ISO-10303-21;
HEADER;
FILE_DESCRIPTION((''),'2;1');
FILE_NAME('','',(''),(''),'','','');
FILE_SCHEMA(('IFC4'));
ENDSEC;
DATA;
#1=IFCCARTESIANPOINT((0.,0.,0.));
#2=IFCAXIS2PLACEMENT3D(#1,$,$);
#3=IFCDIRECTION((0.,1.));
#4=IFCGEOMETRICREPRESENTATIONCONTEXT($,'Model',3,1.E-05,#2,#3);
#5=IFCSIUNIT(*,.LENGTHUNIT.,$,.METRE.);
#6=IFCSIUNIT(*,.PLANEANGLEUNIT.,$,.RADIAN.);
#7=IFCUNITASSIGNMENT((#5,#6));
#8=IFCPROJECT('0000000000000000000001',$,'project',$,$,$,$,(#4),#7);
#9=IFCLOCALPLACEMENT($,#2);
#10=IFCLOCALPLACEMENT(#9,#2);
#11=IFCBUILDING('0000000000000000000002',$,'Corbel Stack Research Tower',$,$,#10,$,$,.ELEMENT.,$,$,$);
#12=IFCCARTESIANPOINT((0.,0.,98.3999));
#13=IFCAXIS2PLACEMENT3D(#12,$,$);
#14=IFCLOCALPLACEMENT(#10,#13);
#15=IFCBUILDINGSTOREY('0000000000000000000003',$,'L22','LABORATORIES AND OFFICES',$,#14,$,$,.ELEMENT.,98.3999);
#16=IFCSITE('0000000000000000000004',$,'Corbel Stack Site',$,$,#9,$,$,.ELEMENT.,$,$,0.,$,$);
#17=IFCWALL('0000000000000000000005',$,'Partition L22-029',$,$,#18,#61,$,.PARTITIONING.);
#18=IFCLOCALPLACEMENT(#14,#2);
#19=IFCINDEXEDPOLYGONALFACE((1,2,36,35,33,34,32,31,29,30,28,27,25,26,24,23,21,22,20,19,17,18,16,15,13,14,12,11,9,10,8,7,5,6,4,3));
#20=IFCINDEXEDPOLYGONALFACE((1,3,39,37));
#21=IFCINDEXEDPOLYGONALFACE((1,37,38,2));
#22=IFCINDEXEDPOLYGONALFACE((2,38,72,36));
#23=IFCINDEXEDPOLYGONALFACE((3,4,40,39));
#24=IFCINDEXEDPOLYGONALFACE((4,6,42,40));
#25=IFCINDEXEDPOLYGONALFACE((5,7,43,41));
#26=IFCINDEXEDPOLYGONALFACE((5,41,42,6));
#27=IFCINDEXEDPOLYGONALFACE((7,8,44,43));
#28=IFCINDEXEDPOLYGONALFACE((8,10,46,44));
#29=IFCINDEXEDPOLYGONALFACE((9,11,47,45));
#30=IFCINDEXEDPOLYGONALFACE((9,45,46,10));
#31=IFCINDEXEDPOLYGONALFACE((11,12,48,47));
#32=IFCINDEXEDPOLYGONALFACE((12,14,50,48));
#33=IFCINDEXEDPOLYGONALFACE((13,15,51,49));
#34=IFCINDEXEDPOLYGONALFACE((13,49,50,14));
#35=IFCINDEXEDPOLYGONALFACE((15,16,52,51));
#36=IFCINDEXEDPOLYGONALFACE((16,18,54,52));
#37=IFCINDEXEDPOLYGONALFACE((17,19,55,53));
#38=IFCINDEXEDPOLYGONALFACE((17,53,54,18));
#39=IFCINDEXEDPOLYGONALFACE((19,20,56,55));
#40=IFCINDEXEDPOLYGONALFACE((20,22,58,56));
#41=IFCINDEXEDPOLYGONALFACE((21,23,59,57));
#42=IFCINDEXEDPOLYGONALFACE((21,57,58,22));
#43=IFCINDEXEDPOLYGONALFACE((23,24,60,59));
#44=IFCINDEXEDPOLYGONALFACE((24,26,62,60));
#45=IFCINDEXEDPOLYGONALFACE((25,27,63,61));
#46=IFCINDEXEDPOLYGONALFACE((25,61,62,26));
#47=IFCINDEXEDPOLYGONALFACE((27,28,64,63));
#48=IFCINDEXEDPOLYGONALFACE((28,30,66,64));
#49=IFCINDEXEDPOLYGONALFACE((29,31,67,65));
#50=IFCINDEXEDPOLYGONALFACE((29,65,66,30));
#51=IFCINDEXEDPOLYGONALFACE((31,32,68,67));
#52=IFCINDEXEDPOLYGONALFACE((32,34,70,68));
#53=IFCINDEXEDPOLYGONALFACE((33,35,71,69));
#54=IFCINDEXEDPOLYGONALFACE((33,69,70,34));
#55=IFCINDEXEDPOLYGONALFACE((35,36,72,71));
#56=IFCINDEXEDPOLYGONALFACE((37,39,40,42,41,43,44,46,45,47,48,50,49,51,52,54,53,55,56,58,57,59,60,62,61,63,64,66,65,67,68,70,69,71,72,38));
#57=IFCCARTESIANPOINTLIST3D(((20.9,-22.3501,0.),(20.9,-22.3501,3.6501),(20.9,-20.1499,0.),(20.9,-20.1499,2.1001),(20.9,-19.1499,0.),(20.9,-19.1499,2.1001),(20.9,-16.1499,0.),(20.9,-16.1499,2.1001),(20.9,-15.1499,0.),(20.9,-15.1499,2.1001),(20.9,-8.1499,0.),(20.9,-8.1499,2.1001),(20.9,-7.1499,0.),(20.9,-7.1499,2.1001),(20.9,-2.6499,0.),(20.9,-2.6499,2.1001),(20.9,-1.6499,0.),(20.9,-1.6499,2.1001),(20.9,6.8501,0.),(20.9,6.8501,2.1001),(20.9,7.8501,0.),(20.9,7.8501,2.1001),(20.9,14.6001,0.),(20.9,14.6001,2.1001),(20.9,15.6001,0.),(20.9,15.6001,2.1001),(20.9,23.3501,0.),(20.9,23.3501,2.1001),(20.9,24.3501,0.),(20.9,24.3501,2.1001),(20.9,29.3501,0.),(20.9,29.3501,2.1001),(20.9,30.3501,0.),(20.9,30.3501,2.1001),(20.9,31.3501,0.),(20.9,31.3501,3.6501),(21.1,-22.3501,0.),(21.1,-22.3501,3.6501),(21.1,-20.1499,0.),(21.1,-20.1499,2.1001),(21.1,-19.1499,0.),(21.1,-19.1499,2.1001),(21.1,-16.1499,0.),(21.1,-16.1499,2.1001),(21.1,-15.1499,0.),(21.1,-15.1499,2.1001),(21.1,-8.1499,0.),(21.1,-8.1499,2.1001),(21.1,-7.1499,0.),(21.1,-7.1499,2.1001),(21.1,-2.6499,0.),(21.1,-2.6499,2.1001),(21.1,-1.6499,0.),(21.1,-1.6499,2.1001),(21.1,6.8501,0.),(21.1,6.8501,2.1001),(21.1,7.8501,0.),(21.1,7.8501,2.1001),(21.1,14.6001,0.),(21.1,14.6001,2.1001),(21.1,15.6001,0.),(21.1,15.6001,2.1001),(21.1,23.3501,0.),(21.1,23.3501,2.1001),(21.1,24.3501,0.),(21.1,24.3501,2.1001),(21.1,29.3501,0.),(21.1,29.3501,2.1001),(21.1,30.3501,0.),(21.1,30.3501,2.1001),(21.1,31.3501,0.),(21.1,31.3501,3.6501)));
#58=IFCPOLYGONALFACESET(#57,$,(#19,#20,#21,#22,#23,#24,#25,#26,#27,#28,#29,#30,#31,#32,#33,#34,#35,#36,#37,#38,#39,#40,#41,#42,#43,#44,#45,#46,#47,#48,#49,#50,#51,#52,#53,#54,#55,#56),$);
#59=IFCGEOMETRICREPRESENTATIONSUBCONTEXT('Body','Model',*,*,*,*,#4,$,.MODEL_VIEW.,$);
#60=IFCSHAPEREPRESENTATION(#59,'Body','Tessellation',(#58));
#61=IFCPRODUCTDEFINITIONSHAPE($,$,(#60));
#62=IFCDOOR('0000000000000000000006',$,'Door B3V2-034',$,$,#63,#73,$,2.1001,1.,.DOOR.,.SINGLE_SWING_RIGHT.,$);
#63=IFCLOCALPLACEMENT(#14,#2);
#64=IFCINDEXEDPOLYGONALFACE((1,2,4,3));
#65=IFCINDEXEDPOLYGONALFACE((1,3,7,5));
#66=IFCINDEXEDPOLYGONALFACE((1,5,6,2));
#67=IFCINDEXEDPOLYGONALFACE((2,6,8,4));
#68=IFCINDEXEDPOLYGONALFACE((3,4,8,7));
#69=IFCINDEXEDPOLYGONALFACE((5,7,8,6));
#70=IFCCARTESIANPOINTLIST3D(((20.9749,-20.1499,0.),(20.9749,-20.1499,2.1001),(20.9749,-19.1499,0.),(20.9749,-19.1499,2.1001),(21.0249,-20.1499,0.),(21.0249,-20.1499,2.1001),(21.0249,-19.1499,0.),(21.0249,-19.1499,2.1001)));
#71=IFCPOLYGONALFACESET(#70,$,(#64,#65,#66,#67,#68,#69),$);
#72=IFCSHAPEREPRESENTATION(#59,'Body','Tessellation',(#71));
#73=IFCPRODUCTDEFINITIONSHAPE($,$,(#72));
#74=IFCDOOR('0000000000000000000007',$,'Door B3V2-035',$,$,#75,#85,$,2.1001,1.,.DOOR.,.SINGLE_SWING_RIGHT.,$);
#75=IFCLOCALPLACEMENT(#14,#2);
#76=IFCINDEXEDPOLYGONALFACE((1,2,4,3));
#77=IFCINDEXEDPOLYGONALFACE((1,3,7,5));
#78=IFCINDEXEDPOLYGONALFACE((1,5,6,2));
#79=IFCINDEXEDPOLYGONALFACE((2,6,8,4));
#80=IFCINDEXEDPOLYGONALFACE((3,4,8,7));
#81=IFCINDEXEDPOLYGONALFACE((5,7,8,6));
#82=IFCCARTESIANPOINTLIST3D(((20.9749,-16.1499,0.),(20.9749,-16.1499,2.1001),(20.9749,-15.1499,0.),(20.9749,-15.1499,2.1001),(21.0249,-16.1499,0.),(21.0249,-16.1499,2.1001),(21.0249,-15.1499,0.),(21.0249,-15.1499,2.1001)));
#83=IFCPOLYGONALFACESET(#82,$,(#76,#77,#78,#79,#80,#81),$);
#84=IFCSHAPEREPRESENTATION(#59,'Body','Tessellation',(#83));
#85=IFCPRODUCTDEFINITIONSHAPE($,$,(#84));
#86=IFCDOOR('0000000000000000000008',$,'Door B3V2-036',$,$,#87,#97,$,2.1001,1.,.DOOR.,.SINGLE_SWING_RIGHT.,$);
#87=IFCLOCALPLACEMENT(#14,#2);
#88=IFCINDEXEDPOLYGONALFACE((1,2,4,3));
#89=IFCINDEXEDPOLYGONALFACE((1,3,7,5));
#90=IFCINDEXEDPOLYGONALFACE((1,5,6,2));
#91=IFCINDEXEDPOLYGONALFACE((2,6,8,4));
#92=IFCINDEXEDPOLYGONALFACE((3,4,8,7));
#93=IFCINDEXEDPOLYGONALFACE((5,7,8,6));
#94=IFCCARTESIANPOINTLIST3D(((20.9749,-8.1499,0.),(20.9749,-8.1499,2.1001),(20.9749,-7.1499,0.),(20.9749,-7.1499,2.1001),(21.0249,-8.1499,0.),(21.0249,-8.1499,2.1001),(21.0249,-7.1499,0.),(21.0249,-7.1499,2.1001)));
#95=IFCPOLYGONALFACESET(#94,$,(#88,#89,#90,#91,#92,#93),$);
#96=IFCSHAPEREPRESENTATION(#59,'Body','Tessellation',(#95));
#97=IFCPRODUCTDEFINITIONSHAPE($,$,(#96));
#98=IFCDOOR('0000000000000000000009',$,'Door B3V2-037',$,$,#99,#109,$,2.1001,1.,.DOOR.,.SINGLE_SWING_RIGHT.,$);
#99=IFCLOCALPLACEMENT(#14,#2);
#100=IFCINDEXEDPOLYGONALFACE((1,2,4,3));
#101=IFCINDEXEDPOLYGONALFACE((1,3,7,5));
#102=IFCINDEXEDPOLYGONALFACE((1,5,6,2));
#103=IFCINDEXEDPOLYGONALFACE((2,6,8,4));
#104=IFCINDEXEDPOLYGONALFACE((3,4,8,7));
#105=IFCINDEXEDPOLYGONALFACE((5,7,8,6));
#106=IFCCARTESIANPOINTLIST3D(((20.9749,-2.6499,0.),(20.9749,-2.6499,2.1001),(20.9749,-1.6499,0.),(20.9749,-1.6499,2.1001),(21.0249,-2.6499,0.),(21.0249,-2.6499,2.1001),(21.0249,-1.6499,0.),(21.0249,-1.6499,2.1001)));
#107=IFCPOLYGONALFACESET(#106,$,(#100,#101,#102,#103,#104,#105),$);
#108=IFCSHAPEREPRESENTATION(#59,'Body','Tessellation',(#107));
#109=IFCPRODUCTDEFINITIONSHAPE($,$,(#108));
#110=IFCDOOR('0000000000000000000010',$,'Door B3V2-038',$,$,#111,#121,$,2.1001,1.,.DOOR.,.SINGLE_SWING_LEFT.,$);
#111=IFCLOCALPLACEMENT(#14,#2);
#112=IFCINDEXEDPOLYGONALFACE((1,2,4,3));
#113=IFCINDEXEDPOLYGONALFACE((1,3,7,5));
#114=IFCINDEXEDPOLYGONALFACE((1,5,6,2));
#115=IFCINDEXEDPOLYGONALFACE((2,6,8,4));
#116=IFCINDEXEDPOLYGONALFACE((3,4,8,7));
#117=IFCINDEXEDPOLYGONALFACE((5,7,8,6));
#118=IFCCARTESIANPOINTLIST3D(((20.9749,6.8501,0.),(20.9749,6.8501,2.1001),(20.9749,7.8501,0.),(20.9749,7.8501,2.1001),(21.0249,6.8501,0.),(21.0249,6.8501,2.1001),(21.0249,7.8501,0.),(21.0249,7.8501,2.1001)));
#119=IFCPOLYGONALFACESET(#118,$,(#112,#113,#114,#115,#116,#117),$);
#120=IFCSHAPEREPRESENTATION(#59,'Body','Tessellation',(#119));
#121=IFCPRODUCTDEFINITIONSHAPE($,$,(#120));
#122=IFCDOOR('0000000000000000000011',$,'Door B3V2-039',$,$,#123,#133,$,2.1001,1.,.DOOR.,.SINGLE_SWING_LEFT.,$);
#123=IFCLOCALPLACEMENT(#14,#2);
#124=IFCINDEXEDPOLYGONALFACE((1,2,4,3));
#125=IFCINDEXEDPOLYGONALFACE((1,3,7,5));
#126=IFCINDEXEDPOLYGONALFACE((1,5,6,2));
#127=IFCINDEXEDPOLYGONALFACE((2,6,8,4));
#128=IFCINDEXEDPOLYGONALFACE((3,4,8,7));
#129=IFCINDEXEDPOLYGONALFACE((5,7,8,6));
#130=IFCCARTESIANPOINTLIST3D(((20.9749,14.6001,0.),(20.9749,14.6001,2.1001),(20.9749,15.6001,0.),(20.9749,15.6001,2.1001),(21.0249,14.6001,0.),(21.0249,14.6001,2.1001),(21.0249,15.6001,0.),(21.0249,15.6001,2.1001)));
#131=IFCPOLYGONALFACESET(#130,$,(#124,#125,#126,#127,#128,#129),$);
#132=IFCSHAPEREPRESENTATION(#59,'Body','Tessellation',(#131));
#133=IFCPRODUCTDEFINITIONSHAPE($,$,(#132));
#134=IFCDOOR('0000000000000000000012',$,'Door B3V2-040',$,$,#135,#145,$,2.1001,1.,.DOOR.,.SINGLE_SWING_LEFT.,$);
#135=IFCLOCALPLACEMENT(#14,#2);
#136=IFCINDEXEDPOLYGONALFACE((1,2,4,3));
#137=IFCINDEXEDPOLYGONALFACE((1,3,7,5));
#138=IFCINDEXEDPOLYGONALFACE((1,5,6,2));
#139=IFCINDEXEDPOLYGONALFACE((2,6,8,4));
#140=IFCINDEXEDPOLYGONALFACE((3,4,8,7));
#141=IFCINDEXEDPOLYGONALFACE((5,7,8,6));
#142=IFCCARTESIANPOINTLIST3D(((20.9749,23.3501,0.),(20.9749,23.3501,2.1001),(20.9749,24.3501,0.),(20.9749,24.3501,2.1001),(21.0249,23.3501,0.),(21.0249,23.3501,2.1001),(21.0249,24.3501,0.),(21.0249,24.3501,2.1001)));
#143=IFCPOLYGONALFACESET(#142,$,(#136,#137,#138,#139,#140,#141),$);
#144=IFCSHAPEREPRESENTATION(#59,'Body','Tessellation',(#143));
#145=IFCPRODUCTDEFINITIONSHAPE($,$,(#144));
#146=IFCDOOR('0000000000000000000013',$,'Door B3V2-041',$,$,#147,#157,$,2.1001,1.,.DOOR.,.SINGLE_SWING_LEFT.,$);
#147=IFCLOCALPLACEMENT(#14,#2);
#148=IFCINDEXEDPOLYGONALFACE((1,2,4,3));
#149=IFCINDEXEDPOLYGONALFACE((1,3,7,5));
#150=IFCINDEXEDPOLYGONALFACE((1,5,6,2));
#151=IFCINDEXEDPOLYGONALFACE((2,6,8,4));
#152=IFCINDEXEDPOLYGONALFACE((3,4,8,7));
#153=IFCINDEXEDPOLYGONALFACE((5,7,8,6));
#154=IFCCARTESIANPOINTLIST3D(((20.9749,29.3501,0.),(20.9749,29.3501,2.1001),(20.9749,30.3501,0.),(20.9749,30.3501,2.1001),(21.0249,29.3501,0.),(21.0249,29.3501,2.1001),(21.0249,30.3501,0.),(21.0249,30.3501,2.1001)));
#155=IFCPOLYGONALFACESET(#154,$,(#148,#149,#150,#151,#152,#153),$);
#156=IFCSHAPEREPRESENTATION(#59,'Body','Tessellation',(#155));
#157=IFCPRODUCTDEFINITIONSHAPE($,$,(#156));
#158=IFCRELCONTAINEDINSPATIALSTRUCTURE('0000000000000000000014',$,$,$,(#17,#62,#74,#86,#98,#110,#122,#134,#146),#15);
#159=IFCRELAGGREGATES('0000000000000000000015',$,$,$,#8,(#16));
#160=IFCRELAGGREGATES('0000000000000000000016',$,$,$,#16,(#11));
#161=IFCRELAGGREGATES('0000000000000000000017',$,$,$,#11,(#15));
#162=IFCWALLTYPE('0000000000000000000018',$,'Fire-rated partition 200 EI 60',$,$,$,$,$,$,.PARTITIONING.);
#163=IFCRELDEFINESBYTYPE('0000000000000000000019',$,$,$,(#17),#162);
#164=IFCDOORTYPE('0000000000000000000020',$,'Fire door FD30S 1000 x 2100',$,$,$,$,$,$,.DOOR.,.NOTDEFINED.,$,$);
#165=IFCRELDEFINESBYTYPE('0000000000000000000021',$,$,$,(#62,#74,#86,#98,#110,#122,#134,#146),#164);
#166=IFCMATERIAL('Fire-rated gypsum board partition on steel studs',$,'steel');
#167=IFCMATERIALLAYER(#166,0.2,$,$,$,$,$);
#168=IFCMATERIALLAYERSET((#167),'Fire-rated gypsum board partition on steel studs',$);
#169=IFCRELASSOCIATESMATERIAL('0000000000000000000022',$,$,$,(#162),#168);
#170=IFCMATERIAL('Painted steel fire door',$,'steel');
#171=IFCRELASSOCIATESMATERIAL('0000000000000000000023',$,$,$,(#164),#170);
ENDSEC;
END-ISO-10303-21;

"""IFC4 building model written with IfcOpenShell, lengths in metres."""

from ifc_helpers import new_model, si_unit, direction, frame, frame_2d, origin, place, context, subcontext, project, spatial, rectangle, extrude, material, layer, layer_set, type_object, element, fill, save


model = new_model("IFC4")

# Units and contexts
model_context = context("Model", 3, precision=1e-05, world=origin(), true_north=direction((0.0, 1.0)))
body_context = subcontext(model_context, "Body", "Model", "MODEL_VIEW")
ifc_project = project(units=[si_unit("LENGTHUNIT", "METRE"), si_unit("PLANEANGLEUNIT", "RADIAN")], contexts=[model_context])

# Site, building, storey
site_placement = place(None, origin())
site = spatial("IfcSite", under=ifc_project, at=site_placement, Name="Corbel Stack Site", CompositionType="ELEMENT", RefElevation=0.0)
building_placement = place(site_placement, origin())
building = spatial("IfcBuilding", under=site, at=building_placement, Name="Corbel Stack Research Tower", CompositionType="ELEMENT")
storey_placement = place(building_placement, frame((0.0, 0.0, 98.3999)))
storey = spatial("IfcBuildingStorey", under=building, at=storey_placement, Name="L22", Description="LABORATORIES AND OFFICES", CompositionType="ELEMENT", Elevation=98.3999)

# Shared definitions
ifc_material_1 = material(Name="Fire-rated gypsum board partition on steel studs", Category="steel")
ifc_layer_1 = layer(ifc_material_1, 0.2)
ifc_layer_set_1 = layer_set([ifc_layer_1], Name="Fire-rated gypsum board partition on steel studs")
wall_type_1 = type_object("IfcWallType", Name="Fire-rated partition 200 EI 60", PredefinedType="PARTITIONING", material=ifc_layer_set_1)
ifc_material_2 = material(Name="Painted steel fire door", Category="steel")
door_type_1 = type_object("IfcDoorType", Name="Fire door FD30S 1000 x 2100", OperationType="NOTDEFINED", PredefinedType="DOOR", material=ifc_material_2)

# Wall, openings, doors
wall_1_placement = place(storey_placement, frame((21.0, 31.3501, 0.0), z_axis=(0.0, 0.0, 1.0), x_axis=(0.0, -1.0, 0.0)))
wall_1 = element("IfcWall", 1, at=wall_1_placement, inside=storey, type_object=wall_type_1, Name="Partition L22-029", PredefinedType="PARTITIONING", context=body_context, shape_type="SweptSolid", body=[
    extrude(rectangle(XDim=53.7002, YDim=0.2, at=frame_2d((26.8501, 0.0))), origin(), (0.0, 0.0, 1.0), 3.6501),
])
opening_1_placement = place(wall_1_placement, frame((50.5, 0.0, 0.0)))
opening_1 = element("IfcOpeningElement", 2, at=opening_1_placement, cuts=wall_1, PredefinedType="OPENING", context=body_context, shape_type="SweptSolid", body=[
    extrude(rectangle(XDim=1.0, YDim=2.1001, at=frame_2d((0.5, 1.05))), frame((0.0, 0.1099, 0.0), z_axis=(0.0, -1.0, 0.0), x_axis=(1.0, 0.0, 0.0)), (0.0, 0.0, 1.0), 0.22),
])
opening_2_placement = place(wall_1_placement, frame((46.5, 0.0, 0.0)))
opening_2 = element("IfcOpeningElement", 3, at=opening_2_placement, cuts=wall_1, PredefinedType="OPENING", context=body_context, shape_type="SweptSolid", body=[
    extrude(rectangle(XDim=1.0, YDim=2.1001, at=frame_2d((0.5, 1.05))), frame((0.0, 0.1099, 0.0), z_axis=(0.0, -1.0, 0.0), x_axis=(1.0, 0.0, 0.0)), (0.0, 0.0, 1.0), 0.22),
])
opening_3_placement = place(wall_1_placement, frame((38.5, 0.0, 0.0)))
opening_3 = element("IfcOpeningElement", 4, at=opening_3_placement, cuts=wall_1, PredefinedType="OPENING", context=body_context, shape_type="SweptSolid", body=[
    extrude(rectangle(XDim=1.0, YDim=2.1001, at=frame_2d((0.5, 1.05))), frame((0.0, 0.1099, 0.0), z_axis=(0.0, -1.0, 0.0), x_axis=(1.0, 0.0, 0.0)), (0.0, 0.0, 1.0), 0.22),
])
opening_4_placement = place(wall_1_placement, frame((33.0, 0.0, 0.0)))
opening_4 = element("IfcOpeningElement", 5, at=opening_4_placement, cuts=wall_1, PredefinedType="OPENING", context=body_context, shape_type="SweptSolid", body=[
    extrude(rectangle(XDim=1.0, YDim=2.1001, at=frame_2d((0.5, 1.05))), frame((0.0, 0.1099, 0.0), z_axis=(0.0, -1.0, 0.0), x_axis=(1.0, 0.0, 0.0)), (0.0, 0.0, 1.0), 0.22),
])
opening_5_placement = place(wall_1_placement, frame((23.5, 0.0, 0.0)))
opening_5 = element("IfcOpeningElement", 6, at=opening_5_placement, cuts=wall_1, PredefinedType="OPENING", context=body_context, shape_type="SweptSolid", body=[
    extrude(rectangle(XDim=1.0, YDim=2.1001, at=frame_2d((0.5, 1.05))), frame((0.0, 0.1099, 0.0), z_axis=(0.0, -1.0, 0.0), x_axis=(1.0, 0.0, 0.0)), (0.0, 0.0, 1.0), 0.22),
])
opening_6_placement = place(wall_1_placement, frame((15.75, 0.0, 0.0)))
opening_6 = element("IfcOpeningElement", 7, at=opening_6_placement, cuts=wall_1, PredefinedType="OPENING", context=body_context, shape_type="SweptSolid", body=[
    extrude(rectangle(XDim=1.0, YDim=2.1001, at=frame_2d((0.5, 1.05))), frame((0.0, 0.1099, 0.0), z_axis=(0.0, -1.0, 0.0), x_axis=(1.0, 0.0, 0.0)), (0.0, 0.0, 1.0), 0.22),
])
opening_7_placement = place(wall_1_placement, frame((7.0, 0.0, 0.0)))
opening_7 = element("IfcOpeningElement", 8, at=opening_7_placement, cuts=wall_1, PredefinedType="OPENING", context=body_context, shape_type="SweptSolid", body=[
    extrude(rectangle(XDim=1.0, YDim=2.1001, at=frame_2d((0.5, 1.05))), frame((0.0, 0.1099, 0.0), z_axis=(0.0, -1.0, 0.0), x_axis=(1.0, 0.0, 0.0)), (0.0, 0.0, 1.0), 0.22),
])
opening_8_placement = place(wall_1_placement, frame((1.0, 0.0, 0.0)))
opening_8 = element("IfcOpeningElement", 9, at=opening_8_placement, cuts=wall_1, PredefinedType="OPENING", context=body_context, shape_type="SweptSolid", body=[
    extrude(rectangle(XDim=1.0, YDim=2.1001, at=frame_2d((0.5, 1.05))), frame((0.0, 0.1099, 0.0), z_axis=(0.0, -1.0, 0.0), x_axis=(1.0, 0.0, 0.0)), (0.0, 0.0, 1.0), 0.22),
])
door_1_placement = place(opening_1_placement, origin())
door_1 = element("IfcDoor", 10, at=door_1_placement, inside=storey, type_object=door_type_1, Name="Door B3V2-034", OperationType="SINGLE_SWING_RIGHT", OverallHeight=2.1001, OverallWidth=1.0, PredefinedType="DOOR", context=body_context, shape_type="SweptSolid", body=[
    extrude(rectangle(XDim=1.0, YDim=2.1001, at=frame_2d((0.5, 1.05))), frame((0.0, 0.0249, 0.0), z_axis=(0.0, -1.0, 0.0), x_axis=(1.0, 0.0, 0.0)), (0.0, 0.0, 1.0), 0.05),
])
fill(opening_1, door_1)
door_2_placement = place(opening_2_placement, origin())
door_2 = element("IfcDoor", 11, at=door_2_placement, inside=storey, type_object=door_type_1, Name="Door B3V2-035", OperationType="SINGLE_SWING_RIGHT", OverallHeight=2.1001, OverallWidth=1.0, PredefinedType="DOOR", context=body_context, shape_type="SweptSolid", body=[
    extrude(rectangle(XDim=1.0, YDim=2.1001, at=frame_2d((0.5, 1.05))), frame((0.0, 0.0249, 0.0), z_axis=(0.0, -1.0, 0.0), x_axis=(1.0, 0.0, 0.0)), (0.0, 0.0, 1.0), 0.05),
])
fill(opening_2, door_2)
door_3_placement = place(opening_3_placement, origin())
door_3 = element("IfcDoor", 12, at=door_3_placement, inside=storey, type_object=door_type_1, Name="Door B3V2-036", OperationType="SINGLE_SWING_RIGHT", OverallHeight=2.1001, OverallWidth=1.0, PredefinedType="DOOR", context=body_context, shape_type="SweptSolid", body=[
    extrude(rectangle(XDim=1.0, YDim=2.1001, at=frame_2d((0.5, 1.05))), frame((0.0, 0.0249, 0.0), z_axis=(0.0, -1.0, 0.0), x_axis=(1.0, 0.0, 0.0)), (0.0, 0.0, 1.0), 0.05),
])
fill(opening_3, door_3)
door_4_placement = place(opening_4_placement, origin())
door_4 = element("IfcDoor", 13, at=door_4_placement, inside=storey, type_object=door_type_1, Name="Door B3V2-037", OperationType="SINGLE_SWING_RIGHT", OverallHeight=2.1001, OverallWidth=1.0, PredefinedType="DOOR", context=body_context, shape_type="SweptSolid", body=[
    extrude(rectangle(XDim=1.0, YDim=2.1001, at=frame_2d((0.5, 1.05))), frame((0.0, 0.0249, 0.0), z_axis=(0.0, -1.0, 0.0), x_axis=(1.0, 0.0, 0.0)), (0.0, 0.0, 1.0), 0.05),
])
fill(opening_4, door_4)
door_5_placement = place(opening_5_placement, origin())
door_5 = element("IfcDoor", 14, at=door_5_placement, inside=storey, type_object=door_type_1, Name="Door B3V2-038", OperationType="SINGLE_SWING_LEFT", OverallHeight=2.1001, OverallWidth=1.0, PredefinedType="DOOR", context=body_context, shape_type="SweptSolid", body=[
    extrude(rectangle(XDim=1.0, YDim=2.1001, at=frame_2d((0.5, 1.05))), frame((0.0, 0.0249, 0.0), z_axis=(0.0, -1.0, 0.0), x_axis=(1.0, 0.0, 0.0)), (0.0, 0.0, 1.0), 0.05),
])
fill(opening_5, door_5)
door_6_placement = place(opening_6_placement, origin())
door_6 = element("IfcDoor", 15, at=door_6_placement, inside=storey, type_object=door_type_1, Name="Door B3V2-039", OperationType="SINGLE_SWING_LEFT", OverallHeight=2.1001, OverallWidth=1.0, PredefinedType="DOOR", context=body_context, shape_type="SweptSolid", body=[
    extrude(rectangle(XDim=1.0, YDim=2.1001, at=frame_2d((0.5, 1.05))), frame((0.0, 0.0249, 0.0), z_axis=(0.0, -1.0, 0.0), x_axis=(1.0, 0.0, 0.0)), (0.0, 0.0, 1.0), 0.05),
])
fill(opening_6, door_6)
door_7_placement = place(opening_7_placement, origin())
door_7 = element("IfcDoor", 16, at=door_7_placement, inside=storey, type_object=door_type_1, Name="Door B3V2-040", OperationType="SINGLE_SWING_LEFT", OverallHeight=2.1001, OverallWidth=1.0, PredefinedType="DOOR", context=body_context, shape_type="SweptSolid", body=[
    extrude(rectangle(XDim=1.0, YDim=2.1001, at=frame_2d((0.5, 1.05))), frame((0.0, 0.0249, 0.0), z_axis=(0.0, -1.0, 0.0), x_axis=(1.0, 0.0, 0.0)), (0.0, 0.0, 1.0), 0.05),
])
fill(opening_7, door_7)
door_8_placement = place(opening_8_placement, origin())
door_8 = element("IfcDoor", 17, at=door_8_placement, inside=storey, type_object=door_type_1, Name="Door B3V2-041", OperationType="SINGLE_SWING_LEFT", OverallHeight=2.1001, OverallWidth=1.0, PredefinedType="DOOR", context=body_context, shape_type="SweptSolid", body=[
    extrude(rectangle(XDim=1.0, YDim=2.1001, at=frame_2d((0.5, 1.05))), frame((0.0, 0.0249, 0.0), z_axis=(0.0, -1.0, 0.0), x_axis=(1.0, 0.0, 0.0)), (0.0, 0.0, 1.0), 0.05),
])
fill(opening_8, door_8)

save(model, "model.ifc")
